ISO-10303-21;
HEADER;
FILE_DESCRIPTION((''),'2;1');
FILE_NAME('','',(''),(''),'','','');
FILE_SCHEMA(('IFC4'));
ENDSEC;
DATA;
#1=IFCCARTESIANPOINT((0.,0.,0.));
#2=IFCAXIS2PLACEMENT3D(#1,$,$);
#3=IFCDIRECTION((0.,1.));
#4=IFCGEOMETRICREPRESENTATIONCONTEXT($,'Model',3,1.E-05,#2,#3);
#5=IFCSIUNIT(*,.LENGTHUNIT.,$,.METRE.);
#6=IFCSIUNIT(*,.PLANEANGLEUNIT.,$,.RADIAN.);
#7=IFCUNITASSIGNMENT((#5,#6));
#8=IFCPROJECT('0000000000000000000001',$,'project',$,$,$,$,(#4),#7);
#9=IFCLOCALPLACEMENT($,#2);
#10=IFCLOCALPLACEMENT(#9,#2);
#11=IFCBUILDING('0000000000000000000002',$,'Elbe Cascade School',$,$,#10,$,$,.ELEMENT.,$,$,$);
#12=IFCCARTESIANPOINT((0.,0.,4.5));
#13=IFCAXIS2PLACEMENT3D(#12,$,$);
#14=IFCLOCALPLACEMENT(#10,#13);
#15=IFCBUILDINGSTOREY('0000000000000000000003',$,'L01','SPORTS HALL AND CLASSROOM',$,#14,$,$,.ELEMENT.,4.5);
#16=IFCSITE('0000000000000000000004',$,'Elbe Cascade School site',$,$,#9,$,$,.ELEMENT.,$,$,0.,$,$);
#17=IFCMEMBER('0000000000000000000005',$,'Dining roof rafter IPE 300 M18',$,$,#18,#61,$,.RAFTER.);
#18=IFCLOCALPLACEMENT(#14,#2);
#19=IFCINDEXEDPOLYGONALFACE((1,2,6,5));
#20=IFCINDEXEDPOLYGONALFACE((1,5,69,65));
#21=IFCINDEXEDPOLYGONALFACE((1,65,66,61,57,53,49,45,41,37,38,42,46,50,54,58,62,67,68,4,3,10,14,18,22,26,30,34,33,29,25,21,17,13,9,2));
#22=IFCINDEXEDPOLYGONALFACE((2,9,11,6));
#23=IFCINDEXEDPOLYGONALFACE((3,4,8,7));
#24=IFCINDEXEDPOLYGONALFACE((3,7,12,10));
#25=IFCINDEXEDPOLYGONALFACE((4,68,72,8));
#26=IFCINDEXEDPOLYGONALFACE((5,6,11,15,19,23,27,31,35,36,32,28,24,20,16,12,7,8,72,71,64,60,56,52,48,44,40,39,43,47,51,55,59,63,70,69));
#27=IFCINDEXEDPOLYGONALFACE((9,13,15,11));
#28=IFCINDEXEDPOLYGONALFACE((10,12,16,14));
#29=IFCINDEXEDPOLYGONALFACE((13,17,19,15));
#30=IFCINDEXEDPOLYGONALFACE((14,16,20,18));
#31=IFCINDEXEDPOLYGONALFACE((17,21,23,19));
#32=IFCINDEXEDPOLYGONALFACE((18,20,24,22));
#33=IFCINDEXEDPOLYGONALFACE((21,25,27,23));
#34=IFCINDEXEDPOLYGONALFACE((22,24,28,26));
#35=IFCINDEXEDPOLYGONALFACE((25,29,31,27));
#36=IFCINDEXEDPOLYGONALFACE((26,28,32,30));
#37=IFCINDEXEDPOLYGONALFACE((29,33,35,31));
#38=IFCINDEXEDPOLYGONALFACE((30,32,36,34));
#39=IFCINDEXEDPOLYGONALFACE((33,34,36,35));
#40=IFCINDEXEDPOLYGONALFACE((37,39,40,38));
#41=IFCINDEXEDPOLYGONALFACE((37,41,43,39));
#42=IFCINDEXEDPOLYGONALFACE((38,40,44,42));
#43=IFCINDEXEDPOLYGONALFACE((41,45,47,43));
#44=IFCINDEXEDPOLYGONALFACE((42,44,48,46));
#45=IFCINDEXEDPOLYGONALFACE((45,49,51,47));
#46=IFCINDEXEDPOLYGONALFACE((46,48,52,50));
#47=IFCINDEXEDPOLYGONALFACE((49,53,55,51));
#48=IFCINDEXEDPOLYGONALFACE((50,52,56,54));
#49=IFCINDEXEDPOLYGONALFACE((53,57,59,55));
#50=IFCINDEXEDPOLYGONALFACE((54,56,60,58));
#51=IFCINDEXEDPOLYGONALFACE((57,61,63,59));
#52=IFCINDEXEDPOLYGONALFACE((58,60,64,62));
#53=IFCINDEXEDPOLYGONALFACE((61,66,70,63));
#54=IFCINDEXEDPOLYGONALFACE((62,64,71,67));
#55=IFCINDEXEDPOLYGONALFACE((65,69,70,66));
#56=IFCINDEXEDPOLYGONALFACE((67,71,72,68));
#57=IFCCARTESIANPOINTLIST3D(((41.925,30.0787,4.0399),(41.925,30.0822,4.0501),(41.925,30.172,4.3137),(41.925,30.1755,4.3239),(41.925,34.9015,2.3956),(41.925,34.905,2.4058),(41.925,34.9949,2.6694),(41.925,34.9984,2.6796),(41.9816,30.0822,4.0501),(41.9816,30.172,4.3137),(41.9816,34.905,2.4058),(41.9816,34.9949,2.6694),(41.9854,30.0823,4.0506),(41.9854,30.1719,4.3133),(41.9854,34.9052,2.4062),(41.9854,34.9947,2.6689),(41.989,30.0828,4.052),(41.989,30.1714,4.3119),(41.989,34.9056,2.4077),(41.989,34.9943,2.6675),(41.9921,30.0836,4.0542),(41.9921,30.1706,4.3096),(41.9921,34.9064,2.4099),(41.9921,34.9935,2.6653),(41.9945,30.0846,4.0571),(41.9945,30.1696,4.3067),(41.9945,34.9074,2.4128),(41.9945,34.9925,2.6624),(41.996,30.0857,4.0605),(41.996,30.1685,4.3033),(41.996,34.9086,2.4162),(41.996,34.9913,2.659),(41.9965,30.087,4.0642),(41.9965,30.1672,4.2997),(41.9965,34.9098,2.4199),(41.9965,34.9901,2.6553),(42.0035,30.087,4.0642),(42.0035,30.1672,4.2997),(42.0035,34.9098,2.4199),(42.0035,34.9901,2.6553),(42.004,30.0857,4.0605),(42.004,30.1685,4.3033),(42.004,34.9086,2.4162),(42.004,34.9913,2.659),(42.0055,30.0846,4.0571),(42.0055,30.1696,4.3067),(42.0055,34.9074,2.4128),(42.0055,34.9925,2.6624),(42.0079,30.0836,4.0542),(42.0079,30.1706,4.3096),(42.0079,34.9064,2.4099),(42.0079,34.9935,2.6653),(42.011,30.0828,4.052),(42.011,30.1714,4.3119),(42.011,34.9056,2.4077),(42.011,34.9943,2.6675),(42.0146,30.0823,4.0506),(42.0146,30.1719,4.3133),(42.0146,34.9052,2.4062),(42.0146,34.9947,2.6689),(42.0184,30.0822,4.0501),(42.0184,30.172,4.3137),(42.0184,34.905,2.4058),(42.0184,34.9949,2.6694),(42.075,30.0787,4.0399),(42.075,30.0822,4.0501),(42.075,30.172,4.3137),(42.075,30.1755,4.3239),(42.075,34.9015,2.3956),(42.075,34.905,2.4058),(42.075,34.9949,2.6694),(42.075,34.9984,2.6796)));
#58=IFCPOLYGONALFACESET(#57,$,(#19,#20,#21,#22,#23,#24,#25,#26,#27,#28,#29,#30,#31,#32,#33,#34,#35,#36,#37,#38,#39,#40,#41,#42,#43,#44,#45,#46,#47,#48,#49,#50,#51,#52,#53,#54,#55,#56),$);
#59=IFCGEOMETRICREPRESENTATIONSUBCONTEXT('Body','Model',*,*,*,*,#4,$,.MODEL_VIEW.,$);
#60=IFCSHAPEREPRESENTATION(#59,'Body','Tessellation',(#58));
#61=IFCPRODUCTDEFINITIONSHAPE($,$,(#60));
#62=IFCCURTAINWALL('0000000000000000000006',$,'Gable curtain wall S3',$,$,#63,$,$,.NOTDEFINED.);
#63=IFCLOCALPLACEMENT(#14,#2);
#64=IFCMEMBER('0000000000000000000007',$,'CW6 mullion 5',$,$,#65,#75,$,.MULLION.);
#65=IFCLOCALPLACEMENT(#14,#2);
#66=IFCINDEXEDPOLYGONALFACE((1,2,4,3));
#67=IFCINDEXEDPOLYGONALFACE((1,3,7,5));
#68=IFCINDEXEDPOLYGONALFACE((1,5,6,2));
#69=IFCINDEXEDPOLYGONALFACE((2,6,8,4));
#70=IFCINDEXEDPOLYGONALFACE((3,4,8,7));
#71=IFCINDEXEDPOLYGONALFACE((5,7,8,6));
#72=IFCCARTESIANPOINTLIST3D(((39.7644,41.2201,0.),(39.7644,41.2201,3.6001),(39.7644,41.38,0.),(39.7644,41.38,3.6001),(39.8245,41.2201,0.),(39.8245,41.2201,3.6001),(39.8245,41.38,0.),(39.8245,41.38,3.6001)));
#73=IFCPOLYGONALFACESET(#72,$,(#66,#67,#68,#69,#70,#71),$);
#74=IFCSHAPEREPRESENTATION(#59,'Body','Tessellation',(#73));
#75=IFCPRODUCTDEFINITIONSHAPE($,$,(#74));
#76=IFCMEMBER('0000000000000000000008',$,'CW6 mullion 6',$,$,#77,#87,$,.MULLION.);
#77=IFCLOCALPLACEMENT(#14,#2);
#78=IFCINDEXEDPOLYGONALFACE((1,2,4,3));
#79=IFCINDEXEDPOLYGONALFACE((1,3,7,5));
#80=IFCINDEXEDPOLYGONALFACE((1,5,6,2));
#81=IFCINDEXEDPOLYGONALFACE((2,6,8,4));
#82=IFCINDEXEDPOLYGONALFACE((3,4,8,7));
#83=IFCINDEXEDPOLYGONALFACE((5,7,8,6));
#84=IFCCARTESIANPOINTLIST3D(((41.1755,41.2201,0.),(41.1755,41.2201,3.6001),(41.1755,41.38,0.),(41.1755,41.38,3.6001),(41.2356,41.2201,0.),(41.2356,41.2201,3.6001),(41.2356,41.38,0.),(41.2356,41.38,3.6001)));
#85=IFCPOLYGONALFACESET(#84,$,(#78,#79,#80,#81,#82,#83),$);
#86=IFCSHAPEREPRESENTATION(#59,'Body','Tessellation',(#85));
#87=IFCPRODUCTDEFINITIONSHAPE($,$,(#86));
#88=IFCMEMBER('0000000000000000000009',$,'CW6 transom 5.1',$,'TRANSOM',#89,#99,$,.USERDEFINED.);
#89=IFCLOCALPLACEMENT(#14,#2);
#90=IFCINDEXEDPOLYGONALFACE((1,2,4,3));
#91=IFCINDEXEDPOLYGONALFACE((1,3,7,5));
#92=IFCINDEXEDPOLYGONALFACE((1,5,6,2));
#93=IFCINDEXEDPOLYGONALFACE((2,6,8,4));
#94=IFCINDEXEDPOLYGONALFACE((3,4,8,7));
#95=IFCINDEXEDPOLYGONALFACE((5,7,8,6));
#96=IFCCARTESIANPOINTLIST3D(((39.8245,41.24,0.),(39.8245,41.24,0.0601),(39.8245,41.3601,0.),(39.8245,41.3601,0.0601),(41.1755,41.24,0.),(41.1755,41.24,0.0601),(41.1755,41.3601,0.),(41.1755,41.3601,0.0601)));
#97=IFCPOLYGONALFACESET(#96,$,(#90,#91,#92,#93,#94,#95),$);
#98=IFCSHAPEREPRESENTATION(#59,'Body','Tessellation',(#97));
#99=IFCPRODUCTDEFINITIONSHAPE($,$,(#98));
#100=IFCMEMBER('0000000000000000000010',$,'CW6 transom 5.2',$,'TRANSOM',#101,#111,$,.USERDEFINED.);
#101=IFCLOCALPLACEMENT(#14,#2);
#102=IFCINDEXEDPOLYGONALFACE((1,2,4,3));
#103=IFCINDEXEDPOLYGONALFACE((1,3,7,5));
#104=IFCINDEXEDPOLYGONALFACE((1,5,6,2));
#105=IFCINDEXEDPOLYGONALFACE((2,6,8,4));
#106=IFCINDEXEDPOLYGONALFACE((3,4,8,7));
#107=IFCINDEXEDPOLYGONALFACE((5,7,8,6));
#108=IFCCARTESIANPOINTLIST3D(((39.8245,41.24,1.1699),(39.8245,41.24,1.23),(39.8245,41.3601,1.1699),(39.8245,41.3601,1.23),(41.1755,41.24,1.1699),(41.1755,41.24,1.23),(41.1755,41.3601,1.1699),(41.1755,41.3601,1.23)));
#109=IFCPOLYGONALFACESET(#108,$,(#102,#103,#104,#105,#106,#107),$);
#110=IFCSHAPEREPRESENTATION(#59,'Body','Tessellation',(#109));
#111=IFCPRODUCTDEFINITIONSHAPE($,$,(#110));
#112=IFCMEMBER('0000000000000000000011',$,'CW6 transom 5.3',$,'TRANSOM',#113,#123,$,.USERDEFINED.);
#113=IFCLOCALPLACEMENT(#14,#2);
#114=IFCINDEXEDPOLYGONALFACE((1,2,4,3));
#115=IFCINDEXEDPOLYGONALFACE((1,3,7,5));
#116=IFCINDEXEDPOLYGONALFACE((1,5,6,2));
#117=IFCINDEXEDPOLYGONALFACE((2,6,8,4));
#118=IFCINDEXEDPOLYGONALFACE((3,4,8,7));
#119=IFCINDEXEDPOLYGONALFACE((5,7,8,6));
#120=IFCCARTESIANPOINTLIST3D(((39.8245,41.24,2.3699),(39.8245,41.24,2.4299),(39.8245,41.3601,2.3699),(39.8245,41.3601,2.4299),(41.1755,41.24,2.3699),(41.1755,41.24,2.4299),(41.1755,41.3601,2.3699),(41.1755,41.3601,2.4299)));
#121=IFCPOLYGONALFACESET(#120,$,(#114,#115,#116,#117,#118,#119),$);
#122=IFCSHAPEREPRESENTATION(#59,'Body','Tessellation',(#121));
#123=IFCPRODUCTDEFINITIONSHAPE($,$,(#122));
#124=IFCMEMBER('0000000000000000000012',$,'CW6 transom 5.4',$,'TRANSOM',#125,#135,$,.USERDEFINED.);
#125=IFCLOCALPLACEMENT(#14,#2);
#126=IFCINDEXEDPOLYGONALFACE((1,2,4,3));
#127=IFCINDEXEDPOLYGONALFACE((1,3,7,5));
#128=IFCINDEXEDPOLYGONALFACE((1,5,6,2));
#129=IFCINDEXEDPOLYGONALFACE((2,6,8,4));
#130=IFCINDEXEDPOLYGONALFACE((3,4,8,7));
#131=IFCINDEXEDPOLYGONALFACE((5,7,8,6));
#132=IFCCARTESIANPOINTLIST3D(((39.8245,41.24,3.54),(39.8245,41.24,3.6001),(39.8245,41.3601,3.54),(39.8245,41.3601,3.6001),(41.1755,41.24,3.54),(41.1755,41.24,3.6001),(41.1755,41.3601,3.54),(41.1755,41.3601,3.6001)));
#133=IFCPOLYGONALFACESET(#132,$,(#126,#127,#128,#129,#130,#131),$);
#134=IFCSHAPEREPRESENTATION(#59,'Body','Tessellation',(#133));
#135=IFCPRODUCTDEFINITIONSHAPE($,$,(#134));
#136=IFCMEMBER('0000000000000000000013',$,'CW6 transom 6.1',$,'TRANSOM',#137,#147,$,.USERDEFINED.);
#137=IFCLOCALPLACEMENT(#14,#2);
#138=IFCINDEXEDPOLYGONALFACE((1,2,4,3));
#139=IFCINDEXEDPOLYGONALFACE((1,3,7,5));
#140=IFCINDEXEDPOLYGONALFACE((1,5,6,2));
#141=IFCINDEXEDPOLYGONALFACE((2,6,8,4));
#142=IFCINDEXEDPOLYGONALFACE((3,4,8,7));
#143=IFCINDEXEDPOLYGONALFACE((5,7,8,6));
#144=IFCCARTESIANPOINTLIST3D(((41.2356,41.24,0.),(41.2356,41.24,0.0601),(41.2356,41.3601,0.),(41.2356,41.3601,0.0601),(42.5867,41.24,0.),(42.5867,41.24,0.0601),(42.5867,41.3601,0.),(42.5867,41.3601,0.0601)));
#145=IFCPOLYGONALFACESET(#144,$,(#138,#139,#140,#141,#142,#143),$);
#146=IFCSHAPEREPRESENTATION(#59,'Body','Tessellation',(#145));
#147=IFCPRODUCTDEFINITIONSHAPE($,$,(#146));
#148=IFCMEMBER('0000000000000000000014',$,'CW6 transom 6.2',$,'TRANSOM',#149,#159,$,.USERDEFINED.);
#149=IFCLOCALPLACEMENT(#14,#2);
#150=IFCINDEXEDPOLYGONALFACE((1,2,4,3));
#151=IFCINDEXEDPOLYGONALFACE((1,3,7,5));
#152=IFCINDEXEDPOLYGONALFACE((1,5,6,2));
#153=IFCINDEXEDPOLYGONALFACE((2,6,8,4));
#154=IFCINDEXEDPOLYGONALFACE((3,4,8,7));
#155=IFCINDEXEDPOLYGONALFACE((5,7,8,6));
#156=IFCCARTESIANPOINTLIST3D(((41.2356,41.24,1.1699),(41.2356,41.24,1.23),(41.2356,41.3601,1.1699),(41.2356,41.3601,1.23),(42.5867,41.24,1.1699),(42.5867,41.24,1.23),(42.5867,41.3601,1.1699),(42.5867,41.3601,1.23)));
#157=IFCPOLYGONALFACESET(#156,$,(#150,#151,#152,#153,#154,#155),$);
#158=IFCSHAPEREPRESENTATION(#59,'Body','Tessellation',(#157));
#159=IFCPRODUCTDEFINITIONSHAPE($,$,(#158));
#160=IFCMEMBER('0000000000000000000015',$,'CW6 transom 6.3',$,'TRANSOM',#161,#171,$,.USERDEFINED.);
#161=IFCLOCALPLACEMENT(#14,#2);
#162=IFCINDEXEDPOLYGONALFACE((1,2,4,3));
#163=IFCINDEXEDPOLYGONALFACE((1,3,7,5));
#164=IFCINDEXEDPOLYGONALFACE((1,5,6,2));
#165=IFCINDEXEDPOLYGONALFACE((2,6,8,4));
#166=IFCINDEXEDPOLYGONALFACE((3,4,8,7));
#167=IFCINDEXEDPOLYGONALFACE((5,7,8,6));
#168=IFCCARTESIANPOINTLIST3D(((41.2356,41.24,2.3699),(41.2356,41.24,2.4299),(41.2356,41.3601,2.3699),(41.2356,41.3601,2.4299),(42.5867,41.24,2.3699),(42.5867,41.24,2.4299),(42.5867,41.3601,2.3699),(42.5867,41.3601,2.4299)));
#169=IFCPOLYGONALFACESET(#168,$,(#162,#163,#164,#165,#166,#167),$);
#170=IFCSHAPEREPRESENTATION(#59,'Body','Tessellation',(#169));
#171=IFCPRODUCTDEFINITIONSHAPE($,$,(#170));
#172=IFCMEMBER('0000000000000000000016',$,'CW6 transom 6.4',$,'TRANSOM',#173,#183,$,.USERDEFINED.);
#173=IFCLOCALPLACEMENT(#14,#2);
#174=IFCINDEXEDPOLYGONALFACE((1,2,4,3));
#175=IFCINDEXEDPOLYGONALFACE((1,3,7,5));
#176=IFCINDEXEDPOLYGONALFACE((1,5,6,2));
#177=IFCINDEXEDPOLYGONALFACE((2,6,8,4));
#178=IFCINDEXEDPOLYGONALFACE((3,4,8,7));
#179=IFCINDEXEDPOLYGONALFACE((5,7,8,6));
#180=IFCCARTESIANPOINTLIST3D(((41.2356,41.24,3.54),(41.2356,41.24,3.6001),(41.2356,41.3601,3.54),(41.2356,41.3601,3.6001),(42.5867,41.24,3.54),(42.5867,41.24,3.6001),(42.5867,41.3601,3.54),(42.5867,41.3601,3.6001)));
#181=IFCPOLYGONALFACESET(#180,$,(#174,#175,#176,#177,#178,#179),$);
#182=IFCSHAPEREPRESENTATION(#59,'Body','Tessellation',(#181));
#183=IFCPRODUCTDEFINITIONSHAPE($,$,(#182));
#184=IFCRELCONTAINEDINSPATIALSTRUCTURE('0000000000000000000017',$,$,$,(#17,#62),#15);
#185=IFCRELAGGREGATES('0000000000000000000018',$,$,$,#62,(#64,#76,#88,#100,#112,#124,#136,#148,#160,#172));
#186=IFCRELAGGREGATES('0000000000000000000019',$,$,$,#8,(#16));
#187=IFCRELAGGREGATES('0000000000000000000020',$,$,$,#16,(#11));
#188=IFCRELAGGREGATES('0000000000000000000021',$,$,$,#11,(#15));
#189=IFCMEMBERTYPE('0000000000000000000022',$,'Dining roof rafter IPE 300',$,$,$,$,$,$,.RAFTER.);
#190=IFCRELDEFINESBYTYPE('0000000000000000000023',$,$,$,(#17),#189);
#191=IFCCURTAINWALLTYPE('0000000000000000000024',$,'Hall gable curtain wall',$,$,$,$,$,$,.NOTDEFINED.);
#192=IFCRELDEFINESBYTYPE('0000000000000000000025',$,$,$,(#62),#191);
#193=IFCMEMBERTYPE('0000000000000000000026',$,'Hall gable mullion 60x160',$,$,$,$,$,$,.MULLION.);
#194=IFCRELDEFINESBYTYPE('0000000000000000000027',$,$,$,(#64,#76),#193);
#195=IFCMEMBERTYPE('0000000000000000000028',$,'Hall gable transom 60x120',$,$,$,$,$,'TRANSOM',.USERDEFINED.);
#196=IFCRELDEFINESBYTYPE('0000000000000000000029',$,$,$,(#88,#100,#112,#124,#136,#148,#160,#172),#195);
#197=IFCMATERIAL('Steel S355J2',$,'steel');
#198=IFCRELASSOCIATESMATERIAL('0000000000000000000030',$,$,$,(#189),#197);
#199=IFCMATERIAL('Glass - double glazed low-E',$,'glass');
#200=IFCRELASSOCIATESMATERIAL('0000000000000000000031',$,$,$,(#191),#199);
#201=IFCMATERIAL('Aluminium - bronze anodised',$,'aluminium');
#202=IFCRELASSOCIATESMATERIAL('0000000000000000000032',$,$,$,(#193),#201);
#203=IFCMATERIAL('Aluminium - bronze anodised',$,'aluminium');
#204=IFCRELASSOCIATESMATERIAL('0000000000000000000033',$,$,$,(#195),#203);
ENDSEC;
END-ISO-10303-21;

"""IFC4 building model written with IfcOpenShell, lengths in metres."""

from ifc_helpers import new_model, si_unit, direction, frame, origin, origin_2d, place, context, subcontext, project, spatial, rectangle, i_section, extrude, material, material_profile, profile_set, type_object, element, aggregate, save


model = new_model("IFC4")

# Units and contexts
model_context = context("Model", 3, precision=1e-05, world=origin(), true_north=direction((0.0, 1.0)))
body_context = subcontext(model_context, "Body", "Model", "MODEL_VIEW")
ifc_project = project(units=[si_unit("LENGTHUNIT", "METRE"), si_unit("PLANEANGLEUNIT", "RADIAN")], contexts=[model_context])

# Site, building, storey
site_placement = place(None, origin())
site = spatial("IfcSite", under=ifc_project, at=site_placement, Name="Elbe Cascade School site", CompositionType="ELEMENT", RefElevation=0.0)
building_placement = place(site_placement, origin())
building = spatial("IfcBuilding", under=site, at=building_placement, Name="Elbe Cascade School", CompositionType="ELEMENT")
storey_placement = place(building_placement, frame((0.0, 0.0, 4.5)))
storey = spatial("IfcBuildingStorey", under=building, at=storey_placement, Name="L01", Description="SPORTS HALL AND CLASSROOM", CompositionType="ELEMENT", Elevation=4.5)

# Member
ifc_material_1 = material(Name="Steel S355J2", Category="steel")
ifc_material_profile_1 = material_profile(ifc_material_1, i_section(OverallWidth=0.1499, OverallDepth=0.3, WebThickness=0.0071, FlangeThickness=0.0107, FilletRadius=0.0149, at=origin_2d()), Name="IPE 300")
ifc_profile_set_1 = profile_set([ifc_material_profile_1], Name="Steel S355J2")
member_type_1 = type_object("IfcMemberType", Name="Dining roof rafter IPE 300", PredefinedType="RAFTER", material=ifc_profile_set_1)
member_1_placement = place(storey_placement, frame((42.0, 34.95, 2.5376), z_axis=(0.0, -0.9465, 0.322703), x_axis=(1.0, 0.0, 0.0)))
element("IfcMember", 1, at=member_1_placement, inside=storey, type_object=member_type_1, Name="Dining roof rafter IPE 300 M18", PredefinedType="RAFTER", context=body_context, shape_type="SweptSolid", body=[
    extrude(i_section(OverallWidth=0.1499, OverallDepth=0.3, WebThickness=0.0071, FlangeThickness=0.0107, FilletRadius=0.0149, at=origin_2d()), origin(), (0.0, 0.0, 1.0), 5.0955),
])

# Curtain wall, members
ifc_material_2 = material(Name="Glass - double glazed low-E", Category="glass")
curtain_wall_type = type_object("IfcCurtainWallType", Name="Hall gable curtain wall", PredefinedType="NOTDEFINED", material=ifc_material_2)
curtain_wall_placement = place(storey_placement, origin())
curtain_wall = element("IfcCurtainWall", 2, at=curtain_wall_placement, inside=storey, type_object=curtain_wall_type, Name="Gable curtain wall S3", PredefinedType="NOTDEFINED")
ifc_material_3 = material(Name="Aluminium - bronze anodised", Category="aluminium")
ifc_material_profile_2 = material_profile(ifc_material_3, rectangle(XDim=0.1599, YDim=0.0601, at=origin_2d()), Name="Alu 60x160")
ifc_profile_set_2 = profile_set([ifc_material_profile_2], Name="Aluminium - bronze anodised")
member_type_2 = type_object("IfcMemberType", Name="Hall gable mullion 60x160", PredefinedType="MULLION", material=ifc_profile_set_2)
member_2_placement = place(storey_placement, frame((39.7944, 41.3, 0.0), z_axis=(0.0, 0.0, 1.0), x_axis=(0.0, 1.0, 0.0)))
member_2 = element("IfcMember", 3, at=member_2_placement, type_object=member_type_2, Name="CW6 mullion 5", PredefinedType="MULLION", context=body_context, shape_type="SweptSolid", body=[
    extrude(rectangle(XDim=0.1599, YDim=0.0601, at=origin_2d()), origin(), (0.0, 0.0, 1.0), 3.6001),
])
member_3_placement = place(storey_placement, frame((41.2056, 41.3, 0.0), z_axis=(0.0, 0.0, 1.0), x_axis=(0.0, 1.0, 0.0)))
member_3 = element("IfcMember", 4, at=member_3_placement, type_object=member_type_2, Name="CW6 mullion 6", PredefinedType="MULLION", context=body_context, shape_type="SweptSolid", body=[
    extrude(rectangle(XDim=0.1599, YDim=0.0601, at=origin_2d()), origin(), (0.0, 0.0, 1.0), 3.6001),
])
ifc_material_4 = material(Name="Aluminium - bronze anodised", Category="aluminium")
ifc_material_profile_3 = material_profile(ifc_material_4, rectangle(XDim=0.1201, YDim=0.0601, at=origin_2d()), Name="Alu 60x120")
ifc_profile_set_3 = profile_set([ifc_material_profile_3], Name="Aluminium - bronze anodised")
member_type_3 = type_object("IfcMemberType", Name="Hall gable transom 60x120", ElementType="TRANSOM", PredefinedType="USERDEFINED", material=ifc_profile_set_3)
member_4_placement = place(storey_placement, frame((39.8245, 41.3, 0.03), z_axis=(1.0, 0.0, 0.0), x_axis=(0.0, 1.0, 0.0)))
member_4 = element("IfcMember", 5, at=member_4_placement, type_object=member_type_3, Name="CW6 transom 5.1", ObjectType="TRANSOM", PredefinedType="USERDEFINED", context=body_context, shape_type="SweptSolid", body=[
    extrude(rectangle(XDim=0.1201, YDim=0.0601, at=origin_2d()), origin(), (0.0, 0.0, 1.0), 1.3511),
])
member_5_placement = place(storey_placement, frame((39.8245, 41.3, 1.2), z_axis=(1.0, 0.0, 0.0), x_axis=(0.0, 1.0, 0.0)))
member_5 = element("IfcMember", 6, at=member_5_placement, type_object=member_type_3, Name="CW6 transom 5.2", ObjectType="TRANSOM", PredefinedType="USERDEFINED", context=body_context, shape_type="SweptSolid", body=[
    extrude(rectangle(XDim=0.1201, YDim=0.0601, at=origin_2d()), origin(), (0.0, 0.0, 1.0), 1.3511),
])
member_6_placement = place(storey_placement, frame((39.8245, 41.3, 2.3999), z_axis=(1.0, 0.0, 0.0), x_axis=(0.0, 1.0, 0.0)))
member_6 = element("IfcMember", 7, at=member_6_placement, type_object=member_type_3, Name="CW6 transom 5.3", ObjectType="TRANSOM", PredefinedType="USERDEFINED", context=body_context, shape_type="SweptSolid", body=[
    extrude(rectangle(XDim=0.1201, YDim=0.0601, at=origin_2d()), origin(), (0.0, 0.0, 1.0), 1.3511),
])
member_7_placement = place(storey_placement, frame((39.8245, 41.3, 3.5701), z_axis=(1.0, 0.0, 0.0), x_axis=(0.0, 1.0, 0.0)))
member_7 = element("IfcMember", 8, at=member_7_placement, type_object=member_type_3, Name="CW6 transom 5.4", ObjectType="TRANSOM", PredefinedType="USERDEFINED", context=body_context, shape_type="SweptSolid", body=[
    extrude(rectangle(XDim=0.1201, YDim=0.0601, at=origin_2d()), origin(), (0.0, 0.0, 1.0), 1.3511),
])
member_8_placement = place(storey_placement, frame((41.2356, 41.3, 0.03), z_axis=(1.0, 0.0, 0.0), x_axis=(0.0, 1.0, 0.0)))
member_8 = element("IfcMember", 9, at=member_8_placement, type_object=member_type_3, Name="CW6 transom 6.1", ObjectType="TRANSOM", PredefinedType="USERDEFINED", context=body_context, shape_type="SweptSolid", body=[
    extrude(rectangle(XDim=0.1201, YDim=0.0601, at=origin_2d()), origin(), (0.0, 0.0, 1.0), 1.3511),
])
member_9_placement = place(storey_placement, frame((41.2356, 41.3, 1.2), z_axis=(1.0, 0.0, 0.0), x_axis=(0.0, 1.0, 0.0)))
member_9 = element("IfcMember", 10, at=member_9_placement, type_object=member_type_3, Name="CW6 transom 6.2", ObjectType="TRANSOM", PredefinedType="USERDEFINED", context=body_context, shape_type="SweptSolid", body=[
    extrude(rectangle(XDim=0.1201, YDim=0.0601, at=origin_2d()), origin(), (0.0, 0.0, 1.0), 1.3511),
])
member_10_placement = place(storey_placement, frame((41.2356, 41.3, 2.3999), z_axis=(1.0, 0.0, 0.0), x_axis=(0.0, 1.0, 0.0)))
member_10 = element("IfcMember", 11, at=member_10_placement, type_object=member_type_3, Name="CW6 transom 6.3", ObjectType="TRANSOM", PredefinedType="USERDEFINED", context=body_context, shape_type="SweptSolid", body=[
    extrude(rectangle(XDim=0.1201, YDim=0.0601, at=origin_2d()), origin(), (0.0, 0.0, 1.0), 1.3511),
])
member_11_placement = place(storey_placement, frame((41.2356, 41.3, 3.5701), z_axis=(1.0, 0.0, 0.0), x_axis=(0.0, 1.0, 0.0)))
member_11 = element("IfcMember", 12, at=member_11_placement, type_object=member_type_3, Name="CW6 transom 6.4", ObjectType="TRANSOM", PredefinedType="USERDEFINED", context=body_context, shape_type="SweptSolid", body=[
    extrude(rectangle(XDim=0.1201, YDim=0.0601, at=origin_2d()), origin(), (0.0, 0.0, 1.0), 1.3511),
])
aggregate(curtain_wall, [member_2, member_3, member_4, member_5, member_6, member_7, member_8, member_9, member_10, member_11])

save(model, "model.ifc")
